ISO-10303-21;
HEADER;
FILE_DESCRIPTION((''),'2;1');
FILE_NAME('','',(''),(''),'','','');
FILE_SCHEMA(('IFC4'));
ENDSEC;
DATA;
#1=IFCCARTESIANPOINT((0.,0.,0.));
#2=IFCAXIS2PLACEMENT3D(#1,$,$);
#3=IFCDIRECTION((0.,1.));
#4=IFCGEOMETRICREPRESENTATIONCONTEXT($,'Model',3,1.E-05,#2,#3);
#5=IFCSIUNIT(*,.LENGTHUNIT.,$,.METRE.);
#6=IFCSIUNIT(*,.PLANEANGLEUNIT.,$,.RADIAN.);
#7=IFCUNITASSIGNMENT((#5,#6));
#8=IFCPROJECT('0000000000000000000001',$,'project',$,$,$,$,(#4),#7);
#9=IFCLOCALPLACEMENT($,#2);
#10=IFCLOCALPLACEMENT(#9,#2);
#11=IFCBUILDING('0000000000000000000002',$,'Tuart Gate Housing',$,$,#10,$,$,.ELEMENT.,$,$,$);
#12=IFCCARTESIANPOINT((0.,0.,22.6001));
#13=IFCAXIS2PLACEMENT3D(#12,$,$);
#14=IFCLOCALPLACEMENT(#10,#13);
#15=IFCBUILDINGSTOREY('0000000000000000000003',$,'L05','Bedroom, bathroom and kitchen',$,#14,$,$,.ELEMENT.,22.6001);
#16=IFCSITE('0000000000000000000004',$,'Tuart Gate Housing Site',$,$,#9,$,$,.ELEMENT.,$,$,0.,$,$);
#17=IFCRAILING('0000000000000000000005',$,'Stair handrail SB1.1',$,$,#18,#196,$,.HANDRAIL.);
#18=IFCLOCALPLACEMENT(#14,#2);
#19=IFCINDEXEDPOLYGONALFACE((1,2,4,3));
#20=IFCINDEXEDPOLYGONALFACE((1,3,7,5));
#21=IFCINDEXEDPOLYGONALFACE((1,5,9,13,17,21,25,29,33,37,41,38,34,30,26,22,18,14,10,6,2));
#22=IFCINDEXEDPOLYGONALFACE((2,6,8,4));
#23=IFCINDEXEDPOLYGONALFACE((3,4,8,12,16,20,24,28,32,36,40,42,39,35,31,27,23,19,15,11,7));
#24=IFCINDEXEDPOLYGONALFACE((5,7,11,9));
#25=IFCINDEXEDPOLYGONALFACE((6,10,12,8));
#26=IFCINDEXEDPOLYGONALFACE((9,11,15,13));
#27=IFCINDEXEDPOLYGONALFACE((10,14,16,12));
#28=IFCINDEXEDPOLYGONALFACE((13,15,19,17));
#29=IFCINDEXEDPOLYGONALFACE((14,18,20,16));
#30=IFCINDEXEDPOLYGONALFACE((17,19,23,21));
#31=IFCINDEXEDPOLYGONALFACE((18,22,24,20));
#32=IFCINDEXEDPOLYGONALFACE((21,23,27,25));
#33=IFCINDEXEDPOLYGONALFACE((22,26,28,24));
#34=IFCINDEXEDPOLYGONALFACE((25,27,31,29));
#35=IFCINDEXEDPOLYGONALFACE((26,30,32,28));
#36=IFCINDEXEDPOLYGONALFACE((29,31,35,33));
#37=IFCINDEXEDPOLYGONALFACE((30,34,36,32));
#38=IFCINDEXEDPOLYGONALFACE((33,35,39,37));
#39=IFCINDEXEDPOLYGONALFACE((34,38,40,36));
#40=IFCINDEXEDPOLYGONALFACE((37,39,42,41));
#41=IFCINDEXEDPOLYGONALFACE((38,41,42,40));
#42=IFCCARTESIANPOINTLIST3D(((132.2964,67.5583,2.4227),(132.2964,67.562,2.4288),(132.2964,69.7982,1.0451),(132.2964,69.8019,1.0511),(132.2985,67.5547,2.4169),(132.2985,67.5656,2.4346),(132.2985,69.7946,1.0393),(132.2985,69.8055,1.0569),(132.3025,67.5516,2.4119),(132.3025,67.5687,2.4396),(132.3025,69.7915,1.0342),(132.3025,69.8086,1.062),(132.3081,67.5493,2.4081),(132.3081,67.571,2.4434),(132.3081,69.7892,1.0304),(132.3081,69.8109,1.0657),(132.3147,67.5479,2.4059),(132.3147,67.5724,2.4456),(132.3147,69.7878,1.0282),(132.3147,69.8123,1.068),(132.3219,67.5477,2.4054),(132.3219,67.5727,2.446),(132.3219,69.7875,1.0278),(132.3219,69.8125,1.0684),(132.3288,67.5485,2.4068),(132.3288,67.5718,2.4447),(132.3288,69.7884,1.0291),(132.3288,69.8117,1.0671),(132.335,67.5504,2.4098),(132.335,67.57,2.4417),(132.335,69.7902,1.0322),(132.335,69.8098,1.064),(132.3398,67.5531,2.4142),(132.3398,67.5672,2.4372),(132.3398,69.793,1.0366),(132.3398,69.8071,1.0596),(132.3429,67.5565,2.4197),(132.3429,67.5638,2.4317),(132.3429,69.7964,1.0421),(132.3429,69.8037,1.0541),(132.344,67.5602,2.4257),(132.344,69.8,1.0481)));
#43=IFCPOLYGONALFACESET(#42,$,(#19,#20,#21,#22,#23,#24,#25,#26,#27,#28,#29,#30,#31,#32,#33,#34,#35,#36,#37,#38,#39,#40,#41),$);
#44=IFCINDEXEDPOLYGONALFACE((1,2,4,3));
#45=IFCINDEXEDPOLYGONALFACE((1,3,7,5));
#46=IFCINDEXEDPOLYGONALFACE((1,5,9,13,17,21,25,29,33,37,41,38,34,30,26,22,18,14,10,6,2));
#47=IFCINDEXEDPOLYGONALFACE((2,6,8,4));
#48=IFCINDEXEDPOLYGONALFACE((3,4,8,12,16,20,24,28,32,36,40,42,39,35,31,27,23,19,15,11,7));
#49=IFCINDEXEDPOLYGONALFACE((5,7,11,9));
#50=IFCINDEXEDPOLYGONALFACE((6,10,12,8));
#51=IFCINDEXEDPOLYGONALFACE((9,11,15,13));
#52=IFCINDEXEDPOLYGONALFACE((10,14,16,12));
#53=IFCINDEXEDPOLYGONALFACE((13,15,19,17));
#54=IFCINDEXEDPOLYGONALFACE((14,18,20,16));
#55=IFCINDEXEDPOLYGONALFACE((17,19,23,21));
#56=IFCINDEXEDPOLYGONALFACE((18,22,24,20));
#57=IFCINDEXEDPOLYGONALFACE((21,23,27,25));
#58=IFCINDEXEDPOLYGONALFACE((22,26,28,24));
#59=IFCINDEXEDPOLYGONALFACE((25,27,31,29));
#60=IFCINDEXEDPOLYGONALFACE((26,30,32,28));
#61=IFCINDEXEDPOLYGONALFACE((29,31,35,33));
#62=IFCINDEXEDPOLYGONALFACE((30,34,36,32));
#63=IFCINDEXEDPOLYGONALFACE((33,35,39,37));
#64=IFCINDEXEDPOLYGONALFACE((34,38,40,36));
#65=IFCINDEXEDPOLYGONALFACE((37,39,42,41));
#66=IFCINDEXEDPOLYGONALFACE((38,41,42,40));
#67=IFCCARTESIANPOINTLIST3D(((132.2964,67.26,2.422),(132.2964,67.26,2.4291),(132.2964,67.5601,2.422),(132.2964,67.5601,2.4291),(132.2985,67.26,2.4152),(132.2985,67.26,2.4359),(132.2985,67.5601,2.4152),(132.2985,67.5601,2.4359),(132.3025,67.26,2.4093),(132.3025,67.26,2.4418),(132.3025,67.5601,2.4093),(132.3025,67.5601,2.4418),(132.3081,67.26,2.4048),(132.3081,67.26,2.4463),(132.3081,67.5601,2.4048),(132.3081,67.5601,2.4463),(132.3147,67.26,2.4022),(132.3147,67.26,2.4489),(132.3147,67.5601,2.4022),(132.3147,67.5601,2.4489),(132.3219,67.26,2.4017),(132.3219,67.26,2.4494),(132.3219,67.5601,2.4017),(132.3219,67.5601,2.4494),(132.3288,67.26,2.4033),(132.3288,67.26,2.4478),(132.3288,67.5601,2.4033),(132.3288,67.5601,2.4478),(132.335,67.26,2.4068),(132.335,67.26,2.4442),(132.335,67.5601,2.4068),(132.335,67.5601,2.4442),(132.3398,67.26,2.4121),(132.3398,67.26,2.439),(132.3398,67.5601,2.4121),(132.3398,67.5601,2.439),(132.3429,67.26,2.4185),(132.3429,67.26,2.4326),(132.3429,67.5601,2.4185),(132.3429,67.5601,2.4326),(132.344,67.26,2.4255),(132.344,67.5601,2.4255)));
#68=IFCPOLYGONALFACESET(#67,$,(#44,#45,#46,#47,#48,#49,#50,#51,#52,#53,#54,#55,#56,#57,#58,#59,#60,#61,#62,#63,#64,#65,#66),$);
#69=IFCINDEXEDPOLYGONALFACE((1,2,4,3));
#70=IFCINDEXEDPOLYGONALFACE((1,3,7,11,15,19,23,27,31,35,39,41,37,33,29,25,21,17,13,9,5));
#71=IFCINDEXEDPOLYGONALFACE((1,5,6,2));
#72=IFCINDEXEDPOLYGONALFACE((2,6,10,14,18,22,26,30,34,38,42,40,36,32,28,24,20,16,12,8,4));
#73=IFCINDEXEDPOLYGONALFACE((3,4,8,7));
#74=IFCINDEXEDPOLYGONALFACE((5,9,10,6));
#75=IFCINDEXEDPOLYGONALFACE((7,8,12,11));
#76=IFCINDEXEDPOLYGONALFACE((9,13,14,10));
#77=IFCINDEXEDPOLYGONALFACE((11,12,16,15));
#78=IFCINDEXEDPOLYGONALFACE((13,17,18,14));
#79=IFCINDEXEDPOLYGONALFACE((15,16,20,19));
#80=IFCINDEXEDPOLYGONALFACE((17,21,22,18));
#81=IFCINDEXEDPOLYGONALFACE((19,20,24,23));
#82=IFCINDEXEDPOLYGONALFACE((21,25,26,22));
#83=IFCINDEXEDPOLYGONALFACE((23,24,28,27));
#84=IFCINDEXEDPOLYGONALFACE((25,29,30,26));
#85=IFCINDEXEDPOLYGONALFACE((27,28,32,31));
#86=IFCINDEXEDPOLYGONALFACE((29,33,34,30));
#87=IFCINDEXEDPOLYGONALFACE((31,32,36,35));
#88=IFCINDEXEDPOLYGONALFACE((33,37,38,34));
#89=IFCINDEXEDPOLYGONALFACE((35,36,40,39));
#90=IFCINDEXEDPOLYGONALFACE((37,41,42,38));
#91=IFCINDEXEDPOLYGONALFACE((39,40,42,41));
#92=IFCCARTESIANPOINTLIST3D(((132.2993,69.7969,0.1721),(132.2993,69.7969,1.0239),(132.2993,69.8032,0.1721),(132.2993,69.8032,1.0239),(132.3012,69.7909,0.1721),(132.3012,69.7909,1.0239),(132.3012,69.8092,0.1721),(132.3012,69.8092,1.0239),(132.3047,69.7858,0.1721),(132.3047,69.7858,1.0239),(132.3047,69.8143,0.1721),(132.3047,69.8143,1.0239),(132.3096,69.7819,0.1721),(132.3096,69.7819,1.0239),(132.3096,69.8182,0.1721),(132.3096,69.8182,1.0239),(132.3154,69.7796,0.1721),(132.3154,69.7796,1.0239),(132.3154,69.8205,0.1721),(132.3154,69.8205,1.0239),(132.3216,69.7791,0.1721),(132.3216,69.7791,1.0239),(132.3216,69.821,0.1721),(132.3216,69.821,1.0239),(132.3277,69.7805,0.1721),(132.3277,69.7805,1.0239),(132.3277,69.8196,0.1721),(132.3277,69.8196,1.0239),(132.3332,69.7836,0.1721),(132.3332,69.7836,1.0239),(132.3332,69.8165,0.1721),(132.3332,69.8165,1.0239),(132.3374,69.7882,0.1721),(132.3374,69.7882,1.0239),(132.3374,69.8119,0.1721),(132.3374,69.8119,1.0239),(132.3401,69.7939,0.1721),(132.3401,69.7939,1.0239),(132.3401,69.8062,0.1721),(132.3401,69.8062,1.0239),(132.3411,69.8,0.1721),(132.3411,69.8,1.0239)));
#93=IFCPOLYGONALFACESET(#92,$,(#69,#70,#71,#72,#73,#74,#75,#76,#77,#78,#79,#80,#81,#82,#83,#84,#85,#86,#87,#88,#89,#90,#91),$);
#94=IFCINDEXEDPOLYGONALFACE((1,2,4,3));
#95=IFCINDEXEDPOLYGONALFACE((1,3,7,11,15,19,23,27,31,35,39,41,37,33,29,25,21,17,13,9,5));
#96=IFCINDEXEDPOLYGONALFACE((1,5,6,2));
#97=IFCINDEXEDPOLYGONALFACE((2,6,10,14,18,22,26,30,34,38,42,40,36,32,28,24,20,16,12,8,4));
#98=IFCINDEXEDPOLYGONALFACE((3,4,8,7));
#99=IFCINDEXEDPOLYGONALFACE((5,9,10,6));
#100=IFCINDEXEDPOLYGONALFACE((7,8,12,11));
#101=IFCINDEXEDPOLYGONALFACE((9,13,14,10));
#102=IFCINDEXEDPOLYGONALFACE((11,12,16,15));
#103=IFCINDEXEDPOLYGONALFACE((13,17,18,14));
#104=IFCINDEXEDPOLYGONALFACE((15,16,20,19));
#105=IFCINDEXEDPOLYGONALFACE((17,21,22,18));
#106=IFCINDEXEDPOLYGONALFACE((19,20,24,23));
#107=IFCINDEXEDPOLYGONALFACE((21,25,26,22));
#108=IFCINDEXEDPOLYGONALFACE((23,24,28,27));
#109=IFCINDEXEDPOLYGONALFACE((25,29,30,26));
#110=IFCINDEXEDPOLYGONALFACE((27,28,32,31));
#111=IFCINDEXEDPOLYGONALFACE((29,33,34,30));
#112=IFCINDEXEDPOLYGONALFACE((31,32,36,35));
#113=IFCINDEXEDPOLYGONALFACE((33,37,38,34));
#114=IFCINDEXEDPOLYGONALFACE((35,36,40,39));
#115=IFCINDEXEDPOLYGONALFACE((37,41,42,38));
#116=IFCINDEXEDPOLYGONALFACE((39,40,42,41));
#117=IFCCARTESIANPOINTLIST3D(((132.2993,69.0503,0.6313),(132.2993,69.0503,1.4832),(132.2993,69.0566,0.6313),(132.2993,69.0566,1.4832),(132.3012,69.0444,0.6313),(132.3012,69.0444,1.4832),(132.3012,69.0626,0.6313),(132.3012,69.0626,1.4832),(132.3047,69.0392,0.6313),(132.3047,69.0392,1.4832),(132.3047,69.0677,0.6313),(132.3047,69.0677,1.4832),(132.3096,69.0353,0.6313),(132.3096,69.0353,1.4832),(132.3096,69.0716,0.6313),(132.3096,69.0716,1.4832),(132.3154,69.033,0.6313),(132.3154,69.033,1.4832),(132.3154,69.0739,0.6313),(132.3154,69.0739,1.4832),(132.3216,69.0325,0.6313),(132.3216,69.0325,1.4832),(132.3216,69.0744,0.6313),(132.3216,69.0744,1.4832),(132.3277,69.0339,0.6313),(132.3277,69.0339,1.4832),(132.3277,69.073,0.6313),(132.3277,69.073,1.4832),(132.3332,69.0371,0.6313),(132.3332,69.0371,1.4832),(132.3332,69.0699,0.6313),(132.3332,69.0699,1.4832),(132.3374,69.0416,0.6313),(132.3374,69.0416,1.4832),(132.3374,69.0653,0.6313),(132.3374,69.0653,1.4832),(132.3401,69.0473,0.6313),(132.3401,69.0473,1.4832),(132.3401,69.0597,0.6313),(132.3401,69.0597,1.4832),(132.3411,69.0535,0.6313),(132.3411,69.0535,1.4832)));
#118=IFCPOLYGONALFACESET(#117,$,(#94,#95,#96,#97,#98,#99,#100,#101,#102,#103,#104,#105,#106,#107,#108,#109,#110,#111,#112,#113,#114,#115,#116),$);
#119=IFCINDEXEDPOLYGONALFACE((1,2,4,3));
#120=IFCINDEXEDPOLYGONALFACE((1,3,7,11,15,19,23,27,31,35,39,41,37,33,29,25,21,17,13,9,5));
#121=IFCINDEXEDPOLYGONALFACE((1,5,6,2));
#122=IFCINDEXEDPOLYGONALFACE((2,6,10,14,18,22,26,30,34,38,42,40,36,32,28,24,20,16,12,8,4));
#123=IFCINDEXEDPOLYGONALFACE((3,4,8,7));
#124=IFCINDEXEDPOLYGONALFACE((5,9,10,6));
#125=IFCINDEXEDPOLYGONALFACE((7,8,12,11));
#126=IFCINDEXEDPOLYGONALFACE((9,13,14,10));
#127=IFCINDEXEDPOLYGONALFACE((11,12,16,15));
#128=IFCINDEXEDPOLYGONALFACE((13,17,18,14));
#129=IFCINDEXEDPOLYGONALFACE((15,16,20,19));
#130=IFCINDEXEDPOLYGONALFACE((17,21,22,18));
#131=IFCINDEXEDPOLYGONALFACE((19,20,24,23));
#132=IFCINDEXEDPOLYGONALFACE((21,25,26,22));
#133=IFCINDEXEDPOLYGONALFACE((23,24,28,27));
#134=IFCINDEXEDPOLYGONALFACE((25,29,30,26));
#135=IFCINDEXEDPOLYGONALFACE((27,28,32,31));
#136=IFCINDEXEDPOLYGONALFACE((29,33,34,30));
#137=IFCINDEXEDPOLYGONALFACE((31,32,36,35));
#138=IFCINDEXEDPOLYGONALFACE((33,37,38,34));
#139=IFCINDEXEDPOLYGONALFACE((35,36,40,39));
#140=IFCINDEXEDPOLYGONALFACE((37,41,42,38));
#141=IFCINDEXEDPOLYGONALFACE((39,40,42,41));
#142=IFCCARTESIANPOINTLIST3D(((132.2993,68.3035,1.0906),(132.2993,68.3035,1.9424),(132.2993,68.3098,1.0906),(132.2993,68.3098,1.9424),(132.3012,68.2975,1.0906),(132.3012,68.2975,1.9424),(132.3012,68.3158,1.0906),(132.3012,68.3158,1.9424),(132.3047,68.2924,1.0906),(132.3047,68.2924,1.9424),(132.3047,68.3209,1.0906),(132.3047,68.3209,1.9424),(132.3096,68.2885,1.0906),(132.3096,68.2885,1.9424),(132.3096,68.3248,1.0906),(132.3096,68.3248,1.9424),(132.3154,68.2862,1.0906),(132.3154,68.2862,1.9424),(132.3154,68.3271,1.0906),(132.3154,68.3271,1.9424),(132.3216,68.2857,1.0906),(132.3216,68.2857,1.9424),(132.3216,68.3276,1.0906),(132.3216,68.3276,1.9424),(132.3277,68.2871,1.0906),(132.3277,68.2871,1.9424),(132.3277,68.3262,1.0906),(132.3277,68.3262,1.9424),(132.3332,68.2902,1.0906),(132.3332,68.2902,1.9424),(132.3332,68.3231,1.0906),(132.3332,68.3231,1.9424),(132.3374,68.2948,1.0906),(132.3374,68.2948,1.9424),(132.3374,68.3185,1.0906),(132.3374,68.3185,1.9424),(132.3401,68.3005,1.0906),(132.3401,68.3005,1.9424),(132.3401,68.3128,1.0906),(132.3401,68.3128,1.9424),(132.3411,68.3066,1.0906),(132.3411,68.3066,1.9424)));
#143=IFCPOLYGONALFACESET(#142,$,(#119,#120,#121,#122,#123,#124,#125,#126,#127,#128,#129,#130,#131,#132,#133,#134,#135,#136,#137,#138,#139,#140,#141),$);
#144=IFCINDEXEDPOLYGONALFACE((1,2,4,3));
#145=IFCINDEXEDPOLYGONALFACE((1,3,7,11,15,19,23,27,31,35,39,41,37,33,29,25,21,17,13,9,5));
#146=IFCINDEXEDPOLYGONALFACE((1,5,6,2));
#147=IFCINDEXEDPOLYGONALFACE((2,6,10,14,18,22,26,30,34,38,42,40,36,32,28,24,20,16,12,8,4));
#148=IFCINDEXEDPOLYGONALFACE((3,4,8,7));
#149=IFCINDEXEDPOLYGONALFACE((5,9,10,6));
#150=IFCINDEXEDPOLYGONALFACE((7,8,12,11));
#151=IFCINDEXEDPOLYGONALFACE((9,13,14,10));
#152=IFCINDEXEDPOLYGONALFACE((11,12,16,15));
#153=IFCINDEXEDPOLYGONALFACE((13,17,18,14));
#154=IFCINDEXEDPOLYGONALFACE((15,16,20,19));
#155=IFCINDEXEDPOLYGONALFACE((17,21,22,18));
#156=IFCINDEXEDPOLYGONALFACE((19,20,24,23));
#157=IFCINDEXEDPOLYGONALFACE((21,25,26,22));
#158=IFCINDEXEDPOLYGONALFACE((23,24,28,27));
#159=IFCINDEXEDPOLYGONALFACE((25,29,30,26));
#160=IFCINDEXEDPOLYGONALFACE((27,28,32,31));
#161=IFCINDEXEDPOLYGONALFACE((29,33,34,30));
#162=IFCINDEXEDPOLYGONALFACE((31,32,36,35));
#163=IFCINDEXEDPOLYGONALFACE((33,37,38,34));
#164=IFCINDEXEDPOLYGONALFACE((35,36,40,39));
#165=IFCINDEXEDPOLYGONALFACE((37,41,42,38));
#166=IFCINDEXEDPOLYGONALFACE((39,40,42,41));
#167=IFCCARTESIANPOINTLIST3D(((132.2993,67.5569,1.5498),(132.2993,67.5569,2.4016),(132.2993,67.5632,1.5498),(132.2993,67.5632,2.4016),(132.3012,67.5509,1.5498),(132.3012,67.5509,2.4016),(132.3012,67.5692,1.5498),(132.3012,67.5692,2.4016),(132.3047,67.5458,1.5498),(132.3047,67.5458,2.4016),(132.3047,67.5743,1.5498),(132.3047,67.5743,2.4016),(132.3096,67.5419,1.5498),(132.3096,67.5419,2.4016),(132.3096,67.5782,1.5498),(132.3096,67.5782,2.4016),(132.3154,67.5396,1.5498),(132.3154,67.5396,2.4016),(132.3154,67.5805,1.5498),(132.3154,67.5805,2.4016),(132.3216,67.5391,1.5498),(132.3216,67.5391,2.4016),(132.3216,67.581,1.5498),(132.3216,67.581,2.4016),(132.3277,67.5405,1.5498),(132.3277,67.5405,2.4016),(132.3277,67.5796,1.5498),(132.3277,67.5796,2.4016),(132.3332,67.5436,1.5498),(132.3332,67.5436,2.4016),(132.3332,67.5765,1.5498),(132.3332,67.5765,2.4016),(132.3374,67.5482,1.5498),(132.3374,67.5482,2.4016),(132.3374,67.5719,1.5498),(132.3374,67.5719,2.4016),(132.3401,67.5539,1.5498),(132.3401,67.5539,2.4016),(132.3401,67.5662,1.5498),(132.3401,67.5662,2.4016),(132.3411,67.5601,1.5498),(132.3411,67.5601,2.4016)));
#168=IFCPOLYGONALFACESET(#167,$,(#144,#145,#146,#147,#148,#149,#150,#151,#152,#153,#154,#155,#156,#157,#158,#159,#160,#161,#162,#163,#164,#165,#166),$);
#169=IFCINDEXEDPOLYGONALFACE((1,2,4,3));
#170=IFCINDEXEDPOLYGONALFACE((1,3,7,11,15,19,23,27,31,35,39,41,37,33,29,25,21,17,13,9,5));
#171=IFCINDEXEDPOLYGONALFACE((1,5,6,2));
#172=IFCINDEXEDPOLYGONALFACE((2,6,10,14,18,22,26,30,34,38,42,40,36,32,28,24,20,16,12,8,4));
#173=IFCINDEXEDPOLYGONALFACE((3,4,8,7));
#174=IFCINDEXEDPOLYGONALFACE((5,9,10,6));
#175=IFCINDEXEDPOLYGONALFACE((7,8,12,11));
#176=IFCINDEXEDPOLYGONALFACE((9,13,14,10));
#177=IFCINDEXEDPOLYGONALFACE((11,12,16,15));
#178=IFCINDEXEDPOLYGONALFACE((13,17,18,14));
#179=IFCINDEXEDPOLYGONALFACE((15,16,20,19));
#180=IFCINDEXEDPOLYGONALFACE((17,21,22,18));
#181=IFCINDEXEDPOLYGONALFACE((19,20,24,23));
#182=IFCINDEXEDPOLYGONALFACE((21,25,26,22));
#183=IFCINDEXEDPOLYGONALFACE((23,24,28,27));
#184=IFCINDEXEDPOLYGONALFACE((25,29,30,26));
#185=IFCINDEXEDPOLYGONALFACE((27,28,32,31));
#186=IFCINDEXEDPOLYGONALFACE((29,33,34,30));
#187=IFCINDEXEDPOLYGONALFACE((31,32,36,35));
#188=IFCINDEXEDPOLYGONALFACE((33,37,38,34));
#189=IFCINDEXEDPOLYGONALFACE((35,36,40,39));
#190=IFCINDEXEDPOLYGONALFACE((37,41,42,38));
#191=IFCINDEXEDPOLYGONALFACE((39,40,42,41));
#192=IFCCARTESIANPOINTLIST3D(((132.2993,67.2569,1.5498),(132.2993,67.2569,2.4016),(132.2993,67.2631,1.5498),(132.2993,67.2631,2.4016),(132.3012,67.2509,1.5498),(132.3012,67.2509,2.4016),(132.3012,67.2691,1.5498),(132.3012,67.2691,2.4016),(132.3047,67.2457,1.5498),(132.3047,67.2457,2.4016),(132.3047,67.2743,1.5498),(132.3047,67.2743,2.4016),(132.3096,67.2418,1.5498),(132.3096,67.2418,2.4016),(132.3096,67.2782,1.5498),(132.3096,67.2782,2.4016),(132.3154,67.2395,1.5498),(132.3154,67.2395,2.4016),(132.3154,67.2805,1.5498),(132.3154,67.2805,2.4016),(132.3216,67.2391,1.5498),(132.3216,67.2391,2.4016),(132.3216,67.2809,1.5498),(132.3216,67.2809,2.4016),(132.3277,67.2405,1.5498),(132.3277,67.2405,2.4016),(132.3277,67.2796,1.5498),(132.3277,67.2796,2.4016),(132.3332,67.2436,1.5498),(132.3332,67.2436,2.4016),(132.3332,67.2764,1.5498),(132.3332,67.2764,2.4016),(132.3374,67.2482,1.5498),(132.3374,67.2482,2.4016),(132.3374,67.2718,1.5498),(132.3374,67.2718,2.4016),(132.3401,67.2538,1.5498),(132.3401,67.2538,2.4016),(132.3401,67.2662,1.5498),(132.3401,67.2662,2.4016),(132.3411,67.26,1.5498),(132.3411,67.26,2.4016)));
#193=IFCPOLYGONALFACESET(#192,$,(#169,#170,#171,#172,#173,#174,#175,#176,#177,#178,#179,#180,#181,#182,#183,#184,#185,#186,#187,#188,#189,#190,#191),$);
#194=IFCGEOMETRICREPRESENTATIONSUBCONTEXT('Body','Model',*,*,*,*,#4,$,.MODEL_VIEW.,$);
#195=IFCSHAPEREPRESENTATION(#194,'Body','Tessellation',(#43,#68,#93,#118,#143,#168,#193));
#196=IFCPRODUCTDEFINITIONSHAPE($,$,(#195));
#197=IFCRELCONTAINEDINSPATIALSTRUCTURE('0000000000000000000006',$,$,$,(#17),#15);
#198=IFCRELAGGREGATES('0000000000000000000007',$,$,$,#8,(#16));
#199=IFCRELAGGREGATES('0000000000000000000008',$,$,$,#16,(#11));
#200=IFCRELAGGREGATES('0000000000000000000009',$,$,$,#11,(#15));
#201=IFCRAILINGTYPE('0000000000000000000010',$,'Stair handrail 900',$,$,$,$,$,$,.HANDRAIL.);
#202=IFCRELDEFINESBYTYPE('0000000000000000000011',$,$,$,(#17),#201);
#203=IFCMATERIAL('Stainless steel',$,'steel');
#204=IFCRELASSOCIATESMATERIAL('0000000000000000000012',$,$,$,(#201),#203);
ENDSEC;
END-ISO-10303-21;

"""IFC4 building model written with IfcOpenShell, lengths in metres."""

from ifc_helpers import new_model, si_unit, direction, frame, origin, origin_2d, place, context, subcontext, project, spatial, circle, extrude, material, type_object, element, save


model = new_model("IFC4")

# Units and contexts
model_context = context("Model", 3, precision=1e-05, world=origin(), true_north=direction((0.0, 1.0)))
body_context = subcontext(model_context, "Body", "Model", "MODEL_VIEW")
ifc_project = project(units=[si_unit("LENGTHUNIT", "METRE"), si_unit("PLANEANGLEUNIT", "RADIAN")], contexts=[model_context])

# Site, building, storey
site_placement = place(None, origin())
site = spatial("IfcSite", under=ifc_project, at=site_placement, Name="Tuart Gate Housing Site", CompositionType="ELEMENT", RefElevation=0.0)
building_placement = place(site_placement, origin())
building = spatial("IfcBuilding", under=site, at=building_placement, Name="Tuart Gate Housing", CompositionType="ELEMENT")
storey_placement = place(building_placement, frame((0.0, 0.0, 22.6001)))
storey = spatial("IfcBuildingStorey", under=building, at=storey_placement, Name="L05", Description="Bedroom, bathroom and kitchen", CompositionType="ELEMENT", Elevation=22.6001)

# Railing
ifc_material_1 = material(Name="Stainless steel", Category="steel")
railing_type = type_object("IfcRailingType", Name="Stair handrail 900", PredefinedType="HANDRAIL", material=ifc_material_1)
railing_placement = place(storey_placement, frame((132.3201, 69.8, 0.1721)))
element("IfcRailing", 1, at=railing_placement, inside=storey, type_object=railing_type, Name="Stair handrail SB1.1", PredefinedType="HANDRAIL", context=body_context, shape_type="SweptSolid", body=[
    extrude(circle(Radius=0.0239, at=origin_2d()), frame((0.0, 0.0, 0.876), z_axis=(0.0, -0.851789, 0.523885), x_axis=(1.0, 0.0, 0.0)), (0.0, 0.0, 1.0), 2.6296),
    extrude(circle(Radius=0.0239, at=origin_2d()), frame((0.0, -2.24, 2.2534), z_axis=(0.0, -1.0, 0.0), x_axis=(1.0, 0.0, 0.0)), (0.0, 0.0, 1.0), 0.3),
    extrude(circle(Radius=0.021, at=origin_2d()), origin(), (0.0, 0.0, 1.0), 0.8518),
    extrude(circle(Radius=0.021, at=origin_2d()), frame((0.0, -0.7466, 0.4592)), (0.0, 0.0, 1.0), 0.8518),
    extrude(circle(Radius=0.021, at=origin_2d()), frame((0.0, -1.4934, 0.9185)), (0.0, 0.0, 1.0), 0.8518),
    extrude(circle(Radius=0.021, at=origin_2d()), frame((0.0, -2.24, 1.3777)), (0.0, 0.0, 1.0), 0.8518),
    extrude(circle(Radius=0.021, at=origin_2d()), frame((0.0, -2.54, 1.3777)), (0.0, 0.0, 1.0), 0.8518),
])

save(model, "model.ifc")
